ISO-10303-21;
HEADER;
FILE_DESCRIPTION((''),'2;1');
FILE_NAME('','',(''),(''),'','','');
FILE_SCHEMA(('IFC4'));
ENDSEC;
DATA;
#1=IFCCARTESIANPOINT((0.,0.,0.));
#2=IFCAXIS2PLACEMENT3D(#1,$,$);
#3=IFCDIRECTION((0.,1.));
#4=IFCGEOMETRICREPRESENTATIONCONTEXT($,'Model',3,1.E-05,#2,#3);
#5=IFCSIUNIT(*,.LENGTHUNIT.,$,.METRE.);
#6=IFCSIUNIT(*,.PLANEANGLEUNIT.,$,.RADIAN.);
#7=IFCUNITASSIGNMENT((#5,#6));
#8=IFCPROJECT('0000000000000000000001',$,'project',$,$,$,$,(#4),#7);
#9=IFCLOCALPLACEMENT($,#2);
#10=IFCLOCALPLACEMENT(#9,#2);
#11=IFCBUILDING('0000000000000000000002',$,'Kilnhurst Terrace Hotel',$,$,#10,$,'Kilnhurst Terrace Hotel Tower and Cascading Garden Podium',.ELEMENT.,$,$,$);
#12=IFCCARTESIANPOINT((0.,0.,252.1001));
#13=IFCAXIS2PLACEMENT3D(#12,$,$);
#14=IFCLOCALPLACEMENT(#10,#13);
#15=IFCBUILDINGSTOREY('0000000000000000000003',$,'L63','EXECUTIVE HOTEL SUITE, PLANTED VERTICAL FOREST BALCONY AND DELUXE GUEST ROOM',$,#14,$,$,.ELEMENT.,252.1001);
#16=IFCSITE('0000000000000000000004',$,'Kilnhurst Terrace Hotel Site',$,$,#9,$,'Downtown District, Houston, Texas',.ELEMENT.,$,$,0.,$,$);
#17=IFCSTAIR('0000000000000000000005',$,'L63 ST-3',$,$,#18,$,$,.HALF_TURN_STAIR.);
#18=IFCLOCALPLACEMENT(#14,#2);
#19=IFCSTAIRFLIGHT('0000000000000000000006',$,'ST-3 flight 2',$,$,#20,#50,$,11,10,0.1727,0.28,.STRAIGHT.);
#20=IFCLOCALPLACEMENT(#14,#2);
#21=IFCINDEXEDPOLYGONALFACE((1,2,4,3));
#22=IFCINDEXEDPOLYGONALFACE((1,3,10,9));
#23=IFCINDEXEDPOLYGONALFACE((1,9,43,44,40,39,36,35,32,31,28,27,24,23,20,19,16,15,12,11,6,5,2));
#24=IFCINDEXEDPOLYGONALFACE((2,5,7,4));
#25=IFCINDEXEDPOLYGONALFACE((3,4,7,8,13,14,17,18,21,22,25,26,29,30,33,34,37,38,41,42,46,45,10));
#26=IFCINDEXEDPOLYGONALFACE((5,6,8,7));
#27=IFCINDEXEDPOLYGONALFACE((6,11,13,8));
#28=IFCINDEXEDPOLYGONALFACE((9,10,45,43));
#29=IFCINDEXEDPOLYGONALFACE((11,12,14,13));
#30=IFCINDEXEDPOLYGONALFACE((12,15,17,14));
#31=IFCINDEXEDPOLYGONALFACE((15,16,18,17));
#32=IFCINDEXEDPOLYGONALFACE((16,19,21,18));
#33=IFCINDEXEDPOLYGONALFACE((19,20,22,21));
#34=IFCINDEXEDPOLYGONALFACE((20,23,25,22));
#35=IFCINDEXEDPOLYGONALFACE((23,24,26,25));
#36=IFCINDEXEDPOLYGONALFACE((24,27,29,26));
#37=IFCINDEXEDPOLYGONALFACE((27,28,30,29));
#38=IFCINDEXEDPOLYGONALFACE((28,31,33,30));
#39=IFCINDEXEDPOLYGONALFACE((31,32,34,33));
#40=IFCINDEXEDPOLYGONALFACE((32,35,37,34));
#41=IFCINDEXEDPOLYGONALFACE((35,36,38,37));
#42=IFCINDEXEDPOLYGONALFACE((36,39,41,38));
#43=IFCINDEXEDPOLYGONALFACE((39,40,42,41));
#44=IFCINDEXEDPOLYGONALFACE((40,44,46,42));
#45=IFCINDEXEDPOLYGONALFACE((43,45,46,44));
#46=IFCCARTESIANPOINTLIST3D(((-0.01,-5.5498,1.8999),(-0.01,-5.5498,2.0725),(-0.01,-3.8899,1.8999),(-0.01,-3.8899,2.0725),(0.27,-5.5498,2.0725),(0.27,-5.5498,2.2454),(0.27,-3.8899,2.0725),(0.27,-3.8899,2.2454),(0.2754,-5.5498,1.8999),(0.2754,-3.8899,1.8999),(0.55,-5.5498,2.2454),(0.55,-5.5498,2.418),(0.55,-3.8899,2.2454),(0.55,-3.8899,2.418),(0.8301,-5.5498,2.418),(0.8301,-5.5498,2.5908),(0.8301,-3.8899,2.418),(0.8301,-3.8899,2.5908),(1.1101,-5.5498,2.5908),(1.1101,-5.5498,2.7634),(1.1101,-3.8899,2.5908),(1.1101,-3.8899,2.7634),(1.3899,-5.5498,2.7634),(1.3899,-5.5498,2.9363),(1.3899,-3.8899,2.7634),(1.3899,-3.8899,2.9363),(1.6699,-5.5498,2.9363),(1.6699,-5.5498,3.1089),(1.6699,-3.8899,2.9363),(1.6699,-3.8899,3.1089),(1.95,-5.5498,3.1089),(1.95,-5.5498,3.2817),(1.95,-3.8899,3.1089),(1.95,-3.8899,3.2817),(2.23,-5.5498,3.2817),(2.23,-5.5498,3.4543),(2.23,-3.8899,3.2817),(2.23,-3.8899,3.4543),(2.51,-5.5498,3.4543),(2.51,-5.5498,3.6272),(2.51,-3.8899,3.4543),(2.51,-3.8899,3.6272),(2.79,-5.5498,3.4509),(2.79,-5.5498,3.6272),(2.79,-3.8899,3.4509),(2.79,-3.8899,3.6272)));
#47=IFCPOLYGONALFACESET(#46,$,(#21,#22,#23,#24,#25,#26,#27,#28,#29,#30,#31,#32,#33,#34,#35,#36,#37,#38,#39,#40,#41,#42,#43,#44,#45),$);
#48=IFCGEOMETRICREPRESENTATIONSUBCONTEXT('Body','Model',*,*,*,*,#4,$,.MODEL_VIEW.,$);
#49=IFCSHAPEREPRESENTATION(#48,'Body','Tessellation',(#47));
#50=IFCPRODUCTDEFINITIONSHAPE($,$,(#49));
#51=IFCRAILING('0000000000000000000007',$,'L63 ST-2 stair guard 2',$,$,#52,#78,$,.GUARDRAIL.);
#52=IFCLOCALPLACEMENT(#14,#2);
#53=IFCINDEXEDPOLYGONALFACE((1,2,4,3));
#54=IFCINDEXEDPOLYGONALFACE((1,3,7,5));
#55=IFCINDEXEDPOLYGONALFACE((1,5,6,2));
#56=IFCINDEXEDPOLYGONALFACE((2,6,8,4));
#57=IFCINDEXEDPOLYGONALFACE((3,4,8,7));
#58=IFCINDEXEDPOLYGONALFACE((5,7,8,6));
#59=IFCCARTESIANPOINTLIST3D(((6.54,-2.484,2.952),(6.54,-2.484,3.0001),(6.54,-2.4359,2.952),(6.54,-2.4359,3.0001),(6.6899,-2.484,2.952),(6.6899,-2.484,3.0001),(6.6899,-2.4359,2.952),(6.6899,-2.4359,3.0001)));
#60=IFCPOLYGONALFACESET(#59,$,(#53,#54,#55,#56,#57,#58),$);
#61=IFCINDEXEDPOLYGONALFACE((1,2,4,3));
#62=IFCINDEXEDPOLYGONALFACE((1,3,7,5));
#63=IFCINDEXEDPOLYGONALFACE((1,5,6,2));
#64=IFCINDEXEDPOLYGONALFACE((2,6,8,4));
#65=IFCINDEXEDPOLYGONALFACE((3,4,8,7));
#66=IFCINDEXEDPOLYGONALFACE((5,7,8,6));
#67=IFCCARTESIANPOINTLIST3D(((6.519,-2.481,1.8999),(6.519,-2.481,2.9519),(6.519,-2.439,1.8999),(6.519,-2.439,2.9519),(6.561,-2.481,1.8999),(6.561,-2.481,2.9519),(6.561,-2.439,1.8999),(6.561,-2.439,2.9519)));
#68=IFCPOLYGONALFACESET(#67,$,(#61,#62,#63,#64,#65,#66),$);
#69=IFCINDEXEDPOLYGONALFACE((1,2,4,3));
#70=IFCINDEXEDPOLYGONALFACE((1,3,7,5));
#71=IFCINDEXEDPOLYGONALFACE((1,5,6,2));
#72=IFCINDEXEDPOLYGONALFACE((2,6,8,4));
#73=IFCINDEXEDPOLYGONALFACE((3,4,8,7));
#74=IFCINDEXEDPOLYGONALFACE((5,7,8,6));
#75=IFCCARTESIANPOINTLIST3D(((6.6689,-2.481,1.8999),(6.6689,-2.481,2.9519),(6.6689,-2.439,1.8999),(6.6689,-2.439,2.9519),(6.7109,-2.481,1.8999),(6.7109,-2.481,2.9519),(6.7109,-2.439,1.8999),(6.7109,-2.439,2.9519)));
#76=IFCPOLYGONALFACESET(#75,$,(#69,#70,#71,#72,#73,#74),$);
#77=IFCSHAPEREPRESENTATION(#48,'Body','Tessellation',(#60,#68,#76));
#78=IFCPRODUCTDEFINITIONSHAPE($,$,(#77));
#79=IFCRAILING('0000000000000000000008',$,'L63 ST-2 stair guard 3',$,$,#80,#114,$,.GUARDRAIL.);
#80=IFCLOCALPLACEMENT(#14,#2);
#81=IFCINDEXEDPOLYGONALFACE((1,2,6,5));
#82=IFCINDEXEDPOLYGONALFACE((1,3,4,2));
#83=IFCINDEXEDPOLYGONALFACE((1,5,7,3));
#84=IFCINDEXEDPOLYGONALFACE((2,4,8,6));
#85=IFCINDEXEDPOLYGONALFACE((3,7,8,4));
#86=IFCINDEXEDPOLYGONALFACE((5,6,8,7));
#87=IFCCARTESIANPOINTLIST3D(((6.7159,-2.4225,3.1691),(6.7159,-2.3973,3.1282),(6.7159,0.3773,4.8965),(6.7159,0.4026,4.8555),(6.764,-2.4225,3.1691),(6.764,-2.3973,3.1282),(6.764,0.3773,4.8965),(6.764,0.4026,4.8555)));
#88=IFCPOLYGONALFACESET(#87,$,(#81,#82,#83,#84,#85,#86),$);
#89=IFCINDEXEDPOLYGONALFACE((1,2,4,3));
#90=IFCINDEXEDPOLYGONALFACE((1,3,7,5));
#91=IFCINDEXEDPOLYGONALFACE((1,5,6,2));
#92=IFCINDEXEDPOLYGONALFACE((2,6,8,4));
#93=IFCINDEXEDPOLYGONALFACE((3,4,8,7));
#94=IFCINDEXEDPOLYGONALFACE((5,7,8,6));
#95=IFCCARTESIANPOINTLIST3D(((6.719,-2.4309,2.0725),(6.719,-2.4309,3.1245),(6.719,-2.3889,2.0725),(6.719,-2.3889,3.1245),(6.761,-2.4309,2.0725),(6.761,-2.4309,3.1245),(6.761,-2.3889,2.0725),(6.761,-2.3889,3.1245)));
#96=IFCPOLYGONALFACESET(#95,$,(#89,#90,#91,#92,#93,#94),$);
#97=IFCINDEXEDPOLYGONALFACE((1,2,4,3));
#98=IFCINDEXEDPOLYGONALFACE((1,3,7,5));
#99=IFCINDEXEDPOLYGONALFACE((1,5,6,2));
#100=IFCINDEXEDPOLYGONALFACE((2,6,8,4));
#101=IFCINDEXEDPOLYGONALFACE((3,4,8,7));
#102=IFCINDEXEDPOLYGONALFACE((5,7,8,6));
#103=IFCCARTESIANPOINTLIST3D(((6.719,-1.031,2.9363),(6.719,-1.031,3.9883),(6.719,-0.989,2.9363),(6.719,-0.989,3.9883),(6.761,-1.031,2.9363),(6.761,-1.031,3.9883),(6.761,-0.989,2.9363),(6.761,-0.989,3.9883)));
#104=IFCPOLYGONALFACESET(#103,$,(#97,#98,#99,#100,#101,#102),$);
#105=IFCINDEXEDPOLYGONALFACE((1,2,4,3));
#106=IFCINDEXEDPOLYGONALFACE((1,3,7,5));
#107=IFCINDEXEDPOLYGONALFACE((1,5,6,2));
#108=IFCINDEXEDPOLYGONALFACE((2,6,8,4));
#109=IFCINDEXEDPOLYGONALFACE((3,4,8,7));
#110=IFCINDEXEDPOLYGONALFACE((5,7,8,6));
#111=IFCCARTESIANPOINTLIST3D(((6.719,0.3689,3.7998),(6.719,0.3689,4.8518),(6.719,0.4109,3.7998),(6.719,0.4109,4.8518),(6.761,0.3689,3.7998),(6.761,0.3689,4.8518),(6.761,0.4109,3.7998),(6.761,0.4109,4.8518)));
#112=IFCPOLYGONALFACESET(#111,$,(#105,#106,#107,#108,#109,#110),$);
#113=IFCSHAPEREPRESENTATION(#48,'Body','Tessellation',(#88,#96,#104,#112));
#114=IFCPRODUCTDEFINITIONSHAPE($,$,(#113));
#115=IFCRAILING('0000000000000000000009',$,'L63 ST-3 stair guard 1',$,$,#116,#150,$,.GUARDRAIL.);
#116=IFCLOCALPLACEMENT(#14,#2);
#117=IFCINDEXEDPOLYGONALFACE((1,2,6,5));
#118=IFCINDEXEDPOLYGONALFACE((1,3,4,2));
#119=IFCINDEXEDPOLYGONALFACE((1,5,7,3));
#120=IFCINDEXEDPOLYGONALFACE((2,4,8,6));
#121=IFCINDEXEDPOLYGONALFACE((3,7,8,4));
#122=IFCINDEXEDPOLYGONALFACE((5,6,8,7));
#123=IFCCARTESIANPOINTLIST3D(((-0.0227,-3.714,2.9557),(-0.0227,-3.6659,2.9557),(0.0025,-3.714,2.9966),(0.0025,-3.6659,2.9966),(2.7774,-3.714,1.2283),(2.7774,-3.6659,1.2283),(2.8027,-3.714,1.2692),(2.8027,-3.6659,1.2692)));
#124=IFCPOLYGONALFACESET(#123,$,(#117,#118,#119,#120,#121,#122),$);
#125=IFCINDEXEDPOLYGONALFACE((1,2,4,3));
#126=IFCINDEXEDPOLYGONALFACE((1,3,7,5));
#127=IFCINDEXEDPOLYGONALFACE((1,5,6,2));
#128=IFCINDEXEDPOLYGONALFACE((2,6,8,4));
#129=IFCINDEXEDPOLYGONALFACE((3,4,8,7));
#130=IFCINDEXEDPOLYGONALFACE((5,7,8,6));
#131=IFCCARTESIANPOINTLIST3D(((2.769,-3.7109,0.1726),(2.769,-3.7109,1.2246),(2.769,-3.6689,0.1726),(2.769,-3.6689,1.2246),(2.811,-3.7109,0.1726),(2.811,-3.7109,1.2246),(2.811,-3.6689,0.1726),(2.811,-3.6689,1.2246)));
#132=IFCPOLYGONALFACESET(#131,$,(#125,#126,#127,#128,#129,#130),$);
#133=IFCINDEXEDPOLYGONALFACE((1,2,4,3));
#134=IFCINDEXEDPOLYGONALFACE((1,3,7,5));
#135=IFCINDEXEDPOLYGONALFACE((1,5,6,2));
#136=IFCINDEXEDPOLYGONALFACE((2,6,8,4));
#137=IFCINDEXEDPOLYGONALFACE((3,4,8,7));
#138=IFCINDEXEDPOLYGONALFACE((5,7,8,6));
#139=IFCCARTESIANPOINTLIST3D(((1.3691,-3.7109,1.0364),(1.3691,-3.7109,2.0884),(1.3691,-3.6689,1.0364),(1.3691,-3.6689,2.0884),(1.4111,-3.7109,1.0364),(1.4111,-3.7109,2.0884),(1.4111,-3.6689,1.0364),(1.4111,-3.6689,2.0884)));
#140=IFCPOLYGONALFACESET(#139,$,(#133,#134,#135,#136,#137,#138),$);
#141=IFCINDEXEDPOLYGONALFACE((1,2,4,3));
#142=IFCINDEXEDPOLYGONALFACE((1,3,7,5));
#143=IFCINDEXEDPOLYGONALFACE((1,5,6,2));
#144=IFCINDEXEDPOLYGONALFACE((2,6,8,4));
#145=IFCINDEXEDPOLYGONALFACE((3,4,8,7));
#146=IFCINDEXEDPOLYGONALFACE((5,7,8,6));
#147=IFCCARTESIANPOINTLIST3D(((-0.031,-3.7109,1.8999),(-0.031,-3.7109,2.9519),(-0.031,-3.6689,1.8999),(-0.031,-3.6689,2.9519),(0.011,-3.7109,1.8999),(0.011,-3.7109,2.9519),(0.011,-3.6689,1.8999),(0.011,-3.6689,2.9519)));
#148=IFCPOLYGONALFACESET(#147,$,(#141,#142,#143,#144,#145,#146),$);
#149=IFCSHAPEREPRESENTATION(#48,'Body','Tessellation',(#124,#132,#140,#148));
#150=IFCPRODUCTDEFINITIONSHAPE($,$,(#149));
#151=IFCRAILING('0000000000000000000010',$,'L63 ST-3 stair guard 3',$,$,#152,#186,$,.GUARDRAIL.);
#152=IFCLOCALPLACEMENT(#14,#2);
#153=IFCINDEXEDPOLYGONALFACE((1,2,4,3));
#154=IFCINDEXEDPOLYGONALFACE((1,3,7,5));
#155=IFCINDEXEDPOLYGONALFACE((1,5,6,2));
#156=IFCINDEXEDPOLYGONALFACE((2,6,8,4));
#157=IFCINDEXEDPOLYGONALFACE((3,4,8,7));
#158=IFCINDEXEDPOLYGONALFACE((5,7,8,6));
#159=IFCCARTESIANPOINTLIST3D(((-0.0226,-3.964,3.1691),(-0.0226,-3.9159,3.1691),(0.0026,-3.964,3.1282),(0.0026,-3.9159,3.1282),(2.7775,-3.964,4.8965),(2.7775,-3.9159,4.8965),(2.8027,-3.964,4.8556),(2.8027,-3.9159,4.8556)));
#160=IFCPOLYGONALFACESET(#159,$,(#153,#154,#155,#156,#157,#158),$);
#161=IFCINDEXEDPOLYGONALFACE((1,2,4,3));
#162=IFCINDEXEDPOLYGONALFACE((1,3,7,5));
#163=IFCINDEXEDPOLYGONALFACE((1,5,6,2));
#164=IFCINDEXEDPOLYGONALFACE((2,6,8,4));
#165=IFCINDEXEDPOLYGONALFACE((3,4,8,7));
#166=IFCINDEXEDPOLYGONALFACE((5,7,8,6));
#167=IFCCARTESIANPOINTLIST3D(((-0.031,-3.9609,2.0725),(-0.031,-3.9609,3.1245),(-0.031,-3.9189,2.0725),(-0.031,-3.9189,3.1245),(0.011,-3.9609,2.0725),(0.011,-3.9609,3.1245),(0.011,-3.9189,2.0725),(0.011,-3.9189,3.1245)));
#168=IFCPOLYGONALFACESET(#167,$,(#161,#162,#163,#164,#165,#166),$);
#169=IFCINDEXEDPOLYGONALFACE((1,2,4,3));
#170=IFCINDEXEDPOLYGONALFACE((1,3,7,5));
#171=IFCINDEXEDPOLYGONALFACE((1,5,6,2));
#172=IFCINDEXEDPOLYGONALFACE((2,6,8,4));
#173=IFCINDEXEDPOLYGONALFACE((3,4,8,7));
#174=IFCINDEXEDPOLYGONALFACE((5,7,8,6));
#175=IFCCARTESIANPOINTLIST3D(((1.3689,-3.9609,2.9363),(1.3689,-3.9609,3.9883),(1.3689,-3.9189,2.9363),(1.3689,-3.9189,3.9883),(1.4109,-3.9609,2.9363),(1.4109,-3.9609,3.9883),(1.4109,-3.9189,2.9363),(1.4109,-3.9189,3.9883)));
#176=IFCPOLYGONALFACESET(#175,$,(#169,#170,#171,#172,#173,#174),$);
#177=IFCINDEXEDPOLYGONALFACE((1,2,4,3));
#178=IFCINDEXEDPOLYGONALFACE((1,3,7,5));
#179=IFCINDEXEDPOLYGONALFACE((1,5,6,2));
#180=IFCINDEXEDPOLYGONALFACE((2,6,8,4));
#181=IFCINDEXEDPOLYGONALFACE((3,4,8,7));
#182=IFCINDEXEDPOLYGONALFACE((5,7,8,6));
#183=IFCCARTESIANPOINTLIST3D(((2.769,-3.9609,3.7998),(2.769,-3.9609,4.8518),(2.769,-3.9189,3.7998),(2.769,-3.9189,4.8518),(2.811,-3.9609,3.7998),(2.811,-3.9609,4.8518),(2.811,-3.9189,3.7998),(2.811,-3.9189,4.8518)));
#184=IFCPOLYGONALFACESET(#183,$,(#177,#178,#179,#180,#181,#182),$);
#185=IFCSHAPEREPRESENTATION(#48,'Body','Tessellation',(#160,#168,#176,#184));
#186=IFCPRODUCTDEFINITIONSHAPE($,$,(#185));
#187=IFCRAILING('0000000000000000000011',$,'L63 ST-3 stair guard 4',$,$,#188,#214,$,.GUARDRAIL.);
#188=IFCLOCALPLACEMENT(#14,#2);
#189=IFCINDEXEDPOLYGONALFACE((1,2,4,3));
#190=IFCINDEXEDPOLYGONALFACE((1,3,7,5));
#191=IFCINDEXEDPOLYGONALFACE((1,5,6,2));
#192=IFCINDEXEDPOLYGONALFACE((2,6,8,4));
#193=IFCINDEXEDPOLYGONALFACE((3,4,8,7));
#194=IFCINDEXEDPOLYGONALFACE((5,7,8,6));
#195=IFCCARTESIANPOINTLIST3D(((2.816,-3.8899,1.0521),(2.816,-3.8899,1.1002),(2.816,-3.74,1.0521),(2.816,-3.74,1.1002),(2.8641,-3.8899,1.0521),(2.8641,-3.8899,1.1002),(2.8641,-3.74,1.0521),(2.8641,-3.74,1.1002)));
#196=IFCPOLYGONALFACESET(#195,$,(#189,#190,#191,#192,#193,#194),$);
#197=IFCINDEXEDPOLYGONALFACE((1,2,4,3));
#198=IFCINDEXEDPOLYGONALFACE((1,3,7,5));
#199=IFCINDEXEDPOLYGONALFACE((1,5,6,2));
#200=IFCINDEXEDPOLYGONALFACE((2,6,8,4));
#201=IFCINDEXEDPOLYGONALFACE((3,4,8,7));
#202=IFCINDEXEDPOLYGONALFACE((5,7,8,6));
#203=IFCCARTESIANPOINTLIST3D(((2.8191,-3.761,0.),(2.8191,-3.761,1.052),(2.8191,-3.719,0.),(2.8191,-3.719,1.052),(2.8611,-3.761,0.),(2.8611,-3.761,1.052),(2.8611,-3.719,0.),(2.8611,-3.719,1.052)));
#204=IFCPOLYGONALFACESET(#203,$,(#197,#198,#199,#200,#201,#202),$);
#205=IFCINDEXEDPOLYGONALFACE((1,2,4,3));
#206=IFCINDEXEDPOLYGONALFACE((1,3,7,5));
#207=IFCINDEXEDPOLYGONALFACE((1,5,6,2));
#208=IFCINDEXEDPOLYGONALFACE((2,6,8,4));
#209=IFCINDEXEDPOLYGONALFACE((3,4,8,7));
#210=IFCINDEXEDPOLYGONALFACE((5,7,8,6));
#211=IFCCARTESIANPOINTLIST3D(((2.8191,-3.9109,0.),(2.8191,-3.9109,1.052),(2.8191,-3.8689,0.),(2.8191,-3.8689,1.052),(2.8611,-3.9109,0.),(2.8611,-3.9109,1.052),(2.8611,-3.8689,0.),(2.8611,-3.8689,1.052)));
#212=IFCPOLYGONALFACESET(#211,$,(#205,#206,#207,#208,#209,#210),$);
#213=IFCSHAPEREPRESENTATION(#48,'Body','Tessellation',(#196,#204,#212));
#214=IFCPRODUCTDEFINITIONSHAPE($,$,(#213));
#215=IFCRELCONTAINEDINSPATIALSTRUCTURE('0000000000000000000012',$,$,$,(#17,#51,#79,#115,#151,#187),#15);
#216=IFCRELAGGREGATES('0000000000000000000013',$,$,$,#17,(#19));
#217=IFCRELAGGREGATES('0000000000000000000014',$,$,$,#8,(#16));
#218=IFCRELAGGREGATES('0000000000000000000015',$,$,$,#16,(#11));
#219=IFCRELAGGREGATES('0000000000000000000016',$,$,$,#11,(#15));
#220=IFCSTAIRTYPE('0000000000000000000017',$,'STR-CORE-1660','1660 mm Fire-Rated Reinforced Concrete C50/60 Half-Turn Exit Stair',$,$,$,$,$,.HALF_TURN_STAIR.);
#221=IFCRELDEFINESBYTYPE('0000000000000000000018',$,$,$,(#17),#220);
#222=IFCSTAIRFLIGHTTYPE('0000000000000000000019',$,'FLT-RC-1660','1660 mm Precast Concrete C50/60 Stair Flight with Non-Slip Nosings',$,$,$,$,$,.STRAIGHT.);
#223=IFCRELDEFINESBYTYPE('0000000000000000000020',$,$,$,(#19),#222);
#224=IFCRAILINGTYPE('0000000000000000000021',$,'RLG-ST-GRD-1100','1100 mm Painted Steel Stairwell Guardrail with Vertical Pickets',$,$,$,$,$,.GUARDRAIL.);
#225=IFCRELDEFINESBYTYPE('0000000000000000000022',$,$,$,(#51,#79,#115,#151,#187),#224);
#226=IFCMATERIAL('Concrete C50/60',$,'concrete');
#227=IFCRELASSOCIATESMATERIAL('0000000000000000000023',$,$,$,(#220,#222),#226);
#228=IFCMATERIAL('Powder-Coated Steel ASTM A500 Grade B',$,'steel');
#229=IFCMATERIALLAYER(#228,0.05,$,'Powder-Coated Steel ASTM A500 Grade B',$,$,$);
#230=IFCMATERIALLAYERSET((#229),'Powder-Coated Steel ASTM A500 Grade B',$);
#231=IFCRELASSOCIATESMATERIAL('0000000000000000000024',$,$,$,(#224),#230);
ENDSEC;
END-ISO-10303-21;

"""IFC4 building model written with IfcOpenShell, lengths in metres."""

from ifc_helpers import new_model, si_unit, direction, frame, origin, origin_2d, place, context, subcontext, project, spatial, polyline, rectangle, outline, extrude, material, layer, layer_set, type_object, element, aggregate, save


model = new_model("IFC4")

# Units and contexts
model_context = context("Model", 3, precision=1e-05, world=origin(), true_north=direction((0.0, 1.0)))
body_context = subcontext(model_context, "Body", "Model", "MODEL_VIEW")
ifc_project = project(units=[si_unit("LENGTHUNIT", "METRE"), si_unit("PLANEANGLEUNIT", "RADIAN")], contexts=[model_context])

# Site, building, storey
site_placement = place(None, origin())
site = spatial("IfcSite", under=ifc_project, at=site_placement, Name="Kilnhurst Terrace Hotel Site", LongName="Downtown District, Houston, Texas", CompositionType="ELEMENT", RefElevation=0.0)
building_placement = place(site_placement, origin())
building = spatial("IfcBuilding", under=site, at=building_placement, Name="Kilnhurst Terrace Hotel", LongName="Kilnhurst Terrace Hotel Tower and Cascading Garden Podium", CompositionType="ELEMENT")
storey_placement = place(building_placement, frame((0.0, 0.0, 252.1001)))
storey = spatial("IfcBuildingStorey", under=building, at=storey_placement, Name="L63", Description="EXECUTIVE HOTEL SUITE, PLANTED VERTICAL FOREST BALCONY AND DELUXE GUEST ROOM", CompositionType="ELEMENT", Elevation=252.1001)

# Shared definitions
ifc_material_1 = material(Name="Concrete C50/60", Category="concrete")

# Shared definitions
stair_type = type_object("IfcStairType", Name="STR-CORE-1660", Description="1660 mm Fire-Rated Reinforced Concrete C50/60 Half-Turn Exit Stair", PredefinedType="HALF_TURN_STAIR", material=ifc_material_1)
stair_flight_type = type_object("IfcStairFlightType", Name="FLT-RC-1660", Description="1660 mm Precast Concrete C50/60 Stair Flight with Non-Slip Nosings", PredefinedType="STRAIGHT", material=ifc_material_1)

# Stair, stair flight
stair_1_placement = place(storey_placement, origin())
stair_1 = element("IfcStair", 1, at=stair_1_placement, inside=storey, type_object=stair_type, Name="L63 ST-3", PredefinedType="HALF_TURN_STAIR")
stair_flight_1_placement = place(storey_placement, frame((-0.01, -4.72, 1.8999), z_axis=(0.0, 0.0, 1.0), x_axis=(1.0, 0.0, 0.0)))
stair_flight_1 = element("IfcStairFlight", 2, at=stair_flight_1_placement, type_object=stair_flight_type, Name="ST-3 flight 2", NumberOfRisers=11, NumberOfTreads=10, PredefinedType="STRAIGHT", RiserHeight=0.1727, TreadLength=0.28, context=body_context, shape_type="SweptSolid", body=[
    extrude(outline(polyline([(0.0, 0.0), (0.0, 0.1726), (0.28, 0.1726), (0.28, 0.3455), (0.5601, 0.3455), (0.5601, 0.5181), (0.8401, 0.5181), (0.8401, 0.6909), (1.1201, 0.6909), (1.1201, 0.8635), (1.3999, 0.8635), (1.3999, 1.0364), (1.6799, 1.0364), (1.6799, 1.209), (1.96, 1.209), (1.96, 1.3818), (2.24, 1.3818), (2.24, 1.5544), (2.52, 1.5544), (2.52, 1.7273), (2.8, 1.7273), (2.8, 1.8999), (2.8, 1.551), (0.2854, 0.0), (0.0, 0.0)])), frame((0.0, 0.8301, 0.0), z_axis=(0.0, -1.0, 0.0), x_axis=(1.0, 0.0, 0.0)), (0.0, 0.0, 1.0), 1.6599),
])
aggregate(stair_1, [stair_flight_1])

# Railings
ifc_material_2 = material(Name="Powder-Coated Steel ASTM A500 Grade B", Category="steel")
ifc_layer_1 = layer(ifc_material_2, 0.05, Name="Powder-Coated Steel ASTM A500 Grade B")
ifc_layer_set_1 = layer_set([ifc_layer_1], Name="Powder-Coated Steel ASTM A500 Grade B")
railing_type_1 = type_object("IfcRailingType", Name="RLG-ST-GRD-1100", Description="1100 mm Painted Steel Stairwell Guardrail with Vertical Pickets", PredefinedType="GUARDRAIL", material=ifc_layer_set_1)
railing_1_placement = place(storey_placement, frame((6.54, -2.46, 1.8999)))
element("IfcRailing", 3, at=railing_1_placement, inside=storey, type_object=railing_type_1, Name="L63 ST-2 stair guard 2", PredefinedType="GUARDRAIL", context=body_context, shape_type="SweptSolid", body=[
    extrude(rectangle(XDim=0.0481, YDim=0.0481, at=origin_2d()), frame((0.0, 0.0, 1.0762), z_axis=(1.0, 0.0, 0.0), x_axis=(0.0, 1.0, 0.0)), (0.0, 0.0, 1.0), 0.1499),
    extrude(rectangle(XDim=0.042, YDim=0.042, at=origin_2d()), origin(), (0.0, 0.0, 1.0), 1.052),
    extrude(rectangle(XDim=0.042, YDim=0.042, at=origin_2d()), frame((0.1499, 0.0, 0.0)), (0.0, 0.0, 1.0), 1.052),
])
railing_2_placement = place(storey_placement, frame((6.74, -2.4099, 2.0725)))
element("IfcRailing", 4, at=railing_2_placement, inside=storey, type_object=railing_type_1, Name="L63 ST-2 stair guard 3", PredefinedType="GUARDRAIL", context=body_context, shape_type="SweptSolid", body=[
    extrude(rectangle(XDim=0.0481, YDim=0.0481, at=origin_2d()), frame((0.0, 0.0, 1.0762), z_axis=(0.0, 0.851069, 0.525054), x_axis=(-1.0, 0.0, 0.0)), (0.0, 0.0, 1.0), 3.2898),
    extrude(rectangle(XDim=0.042, YDim=0.042, at=origin_2d()), origin(), (0.0, 0.0, 1.0), 1.052),
    extrude(rectangle(XDim=0.042, YDim=0.042, at=origin_2d()), frame((0.0, 1.3999, 0.8638)), (0.0, 0.0, 1.0), 1.052),
    extrude(rectangle(XDim=0.042, YDim=0.042, at=origin_2d()), frame((0.0, 2.7998, 1.7273)), (0.0, 0.0, 1.0), 1.052),
])
railing_3_placement = place(storey_placement, frame((2.79, -3.6899, 0.1726)))
element("IfcRailing", 5, at=railing_3_placement, inside=storey, type_object=railing_type_1, Name="L63 ST-3 stair guard 1", PredefinedType="GUARDRAIL", context=body_context, shape_type="SweptSolid", body=[
    extrude(rectangle(XDim=0.0481, YDim=0.0481, at=origin_2d()), frame((0.0, 0.0, 1.0762), z_axis=(-0.85109, 0.0, 0.52502), x_axis=(0.0, -1.0, 0.0)), (0.0, 0.0, 1.0), 3.29),
    extrude(rectangle(XDim=0.042, YDim=0.042, at=origin_2d()), origin(), (0.0, 0.0, 1.0), 1.052),
    extrude(rectangle(XDim=0.042, YDim=0.042, at=origin_2d()), frame((-1.3999, 0.0, 0.8638)), (0.0, 0.0, 1.0), 1.052),
    extrude(rectangle(XDim=0.042, YDim=0.042, at=origin_2d()), frame((-2.8, 0.0, 1.7273)), (0.0, 0.0, 1.0), 1.052),
])
railing_4_placement = place(storey_placement, frame((-0.01, -3.9399, 2.0725)))
element("IfcRailing", 6, at=railing_4_placement, inside=storey, type_object=railing_type_1, Name="L63 ST-3 stair guard 3", PredefinedType="GUARDRAIL", context=body_context, shape_type="SweptSolid", body=[
    extrude(rectangle(XDim=0.0481, YDim=0.0481, at=origin_2d()), frame((0.0, 0.0, 1.0762), z_axis=(0.85109, 0.0, 0.52502), x_axis=(0.0, 1.0, 0.0)), (0.0, 0.0, 1.0), 3.29),
    extrude(rectangle(XDim=0.042, YDim=0.042, at=origin_2d()), origin(), (0.0, 0.0, 1.0), 1.052),
    extrude(rectangle(XDim=0.042, YDim=0.042, at=origin_2d()), frame((1.3999, 0.0, 0.8638)), (0.0, 0.0, 1.0), 1.052),
    extrude(rectangle(XDim=0.042, YDim=0.042, at=origin_2d()), frame((2.8, 0.0, 1.7273)), (0.0, 0.0, 1.0), 1.052),
])
railing_5_placement = place(storey_placement, frame((2.8401, -3.74, 0.0)))
element("IfcRailing", 7, at=railing_5_placement, inside=storey, type_object=railing_type_1, Name="L63 ST-3 stair guard 4", PredefinedType="GUARDRAIL", context=body_context, shape_type="SweptSolid", body=[
    extrude(rectangle(XDim=0.0481, YDim=0.0481, at=origin_2d()), frame((0.0, 0.0, 1.0762), z_axis=(0.0, -1.0, 0.0), x_axis=(1.0, 0.0, 0.0)), (0.0, 0.0, 1.0), 0.1499),
    extrude(rectangle(XDim=0.042, YDim=0.042, at=origin_2d()), origin(), (0.0, 0.0, 1.0), 1.052),
    extrude(rectangle(XDim=0.042, YDim=0.042, at=origin_2d()), frame((0.0, -0.1499, 0.0)), (0.0, 0.0, 1.0), 1.052),
])

save(model, "model.ifc")
